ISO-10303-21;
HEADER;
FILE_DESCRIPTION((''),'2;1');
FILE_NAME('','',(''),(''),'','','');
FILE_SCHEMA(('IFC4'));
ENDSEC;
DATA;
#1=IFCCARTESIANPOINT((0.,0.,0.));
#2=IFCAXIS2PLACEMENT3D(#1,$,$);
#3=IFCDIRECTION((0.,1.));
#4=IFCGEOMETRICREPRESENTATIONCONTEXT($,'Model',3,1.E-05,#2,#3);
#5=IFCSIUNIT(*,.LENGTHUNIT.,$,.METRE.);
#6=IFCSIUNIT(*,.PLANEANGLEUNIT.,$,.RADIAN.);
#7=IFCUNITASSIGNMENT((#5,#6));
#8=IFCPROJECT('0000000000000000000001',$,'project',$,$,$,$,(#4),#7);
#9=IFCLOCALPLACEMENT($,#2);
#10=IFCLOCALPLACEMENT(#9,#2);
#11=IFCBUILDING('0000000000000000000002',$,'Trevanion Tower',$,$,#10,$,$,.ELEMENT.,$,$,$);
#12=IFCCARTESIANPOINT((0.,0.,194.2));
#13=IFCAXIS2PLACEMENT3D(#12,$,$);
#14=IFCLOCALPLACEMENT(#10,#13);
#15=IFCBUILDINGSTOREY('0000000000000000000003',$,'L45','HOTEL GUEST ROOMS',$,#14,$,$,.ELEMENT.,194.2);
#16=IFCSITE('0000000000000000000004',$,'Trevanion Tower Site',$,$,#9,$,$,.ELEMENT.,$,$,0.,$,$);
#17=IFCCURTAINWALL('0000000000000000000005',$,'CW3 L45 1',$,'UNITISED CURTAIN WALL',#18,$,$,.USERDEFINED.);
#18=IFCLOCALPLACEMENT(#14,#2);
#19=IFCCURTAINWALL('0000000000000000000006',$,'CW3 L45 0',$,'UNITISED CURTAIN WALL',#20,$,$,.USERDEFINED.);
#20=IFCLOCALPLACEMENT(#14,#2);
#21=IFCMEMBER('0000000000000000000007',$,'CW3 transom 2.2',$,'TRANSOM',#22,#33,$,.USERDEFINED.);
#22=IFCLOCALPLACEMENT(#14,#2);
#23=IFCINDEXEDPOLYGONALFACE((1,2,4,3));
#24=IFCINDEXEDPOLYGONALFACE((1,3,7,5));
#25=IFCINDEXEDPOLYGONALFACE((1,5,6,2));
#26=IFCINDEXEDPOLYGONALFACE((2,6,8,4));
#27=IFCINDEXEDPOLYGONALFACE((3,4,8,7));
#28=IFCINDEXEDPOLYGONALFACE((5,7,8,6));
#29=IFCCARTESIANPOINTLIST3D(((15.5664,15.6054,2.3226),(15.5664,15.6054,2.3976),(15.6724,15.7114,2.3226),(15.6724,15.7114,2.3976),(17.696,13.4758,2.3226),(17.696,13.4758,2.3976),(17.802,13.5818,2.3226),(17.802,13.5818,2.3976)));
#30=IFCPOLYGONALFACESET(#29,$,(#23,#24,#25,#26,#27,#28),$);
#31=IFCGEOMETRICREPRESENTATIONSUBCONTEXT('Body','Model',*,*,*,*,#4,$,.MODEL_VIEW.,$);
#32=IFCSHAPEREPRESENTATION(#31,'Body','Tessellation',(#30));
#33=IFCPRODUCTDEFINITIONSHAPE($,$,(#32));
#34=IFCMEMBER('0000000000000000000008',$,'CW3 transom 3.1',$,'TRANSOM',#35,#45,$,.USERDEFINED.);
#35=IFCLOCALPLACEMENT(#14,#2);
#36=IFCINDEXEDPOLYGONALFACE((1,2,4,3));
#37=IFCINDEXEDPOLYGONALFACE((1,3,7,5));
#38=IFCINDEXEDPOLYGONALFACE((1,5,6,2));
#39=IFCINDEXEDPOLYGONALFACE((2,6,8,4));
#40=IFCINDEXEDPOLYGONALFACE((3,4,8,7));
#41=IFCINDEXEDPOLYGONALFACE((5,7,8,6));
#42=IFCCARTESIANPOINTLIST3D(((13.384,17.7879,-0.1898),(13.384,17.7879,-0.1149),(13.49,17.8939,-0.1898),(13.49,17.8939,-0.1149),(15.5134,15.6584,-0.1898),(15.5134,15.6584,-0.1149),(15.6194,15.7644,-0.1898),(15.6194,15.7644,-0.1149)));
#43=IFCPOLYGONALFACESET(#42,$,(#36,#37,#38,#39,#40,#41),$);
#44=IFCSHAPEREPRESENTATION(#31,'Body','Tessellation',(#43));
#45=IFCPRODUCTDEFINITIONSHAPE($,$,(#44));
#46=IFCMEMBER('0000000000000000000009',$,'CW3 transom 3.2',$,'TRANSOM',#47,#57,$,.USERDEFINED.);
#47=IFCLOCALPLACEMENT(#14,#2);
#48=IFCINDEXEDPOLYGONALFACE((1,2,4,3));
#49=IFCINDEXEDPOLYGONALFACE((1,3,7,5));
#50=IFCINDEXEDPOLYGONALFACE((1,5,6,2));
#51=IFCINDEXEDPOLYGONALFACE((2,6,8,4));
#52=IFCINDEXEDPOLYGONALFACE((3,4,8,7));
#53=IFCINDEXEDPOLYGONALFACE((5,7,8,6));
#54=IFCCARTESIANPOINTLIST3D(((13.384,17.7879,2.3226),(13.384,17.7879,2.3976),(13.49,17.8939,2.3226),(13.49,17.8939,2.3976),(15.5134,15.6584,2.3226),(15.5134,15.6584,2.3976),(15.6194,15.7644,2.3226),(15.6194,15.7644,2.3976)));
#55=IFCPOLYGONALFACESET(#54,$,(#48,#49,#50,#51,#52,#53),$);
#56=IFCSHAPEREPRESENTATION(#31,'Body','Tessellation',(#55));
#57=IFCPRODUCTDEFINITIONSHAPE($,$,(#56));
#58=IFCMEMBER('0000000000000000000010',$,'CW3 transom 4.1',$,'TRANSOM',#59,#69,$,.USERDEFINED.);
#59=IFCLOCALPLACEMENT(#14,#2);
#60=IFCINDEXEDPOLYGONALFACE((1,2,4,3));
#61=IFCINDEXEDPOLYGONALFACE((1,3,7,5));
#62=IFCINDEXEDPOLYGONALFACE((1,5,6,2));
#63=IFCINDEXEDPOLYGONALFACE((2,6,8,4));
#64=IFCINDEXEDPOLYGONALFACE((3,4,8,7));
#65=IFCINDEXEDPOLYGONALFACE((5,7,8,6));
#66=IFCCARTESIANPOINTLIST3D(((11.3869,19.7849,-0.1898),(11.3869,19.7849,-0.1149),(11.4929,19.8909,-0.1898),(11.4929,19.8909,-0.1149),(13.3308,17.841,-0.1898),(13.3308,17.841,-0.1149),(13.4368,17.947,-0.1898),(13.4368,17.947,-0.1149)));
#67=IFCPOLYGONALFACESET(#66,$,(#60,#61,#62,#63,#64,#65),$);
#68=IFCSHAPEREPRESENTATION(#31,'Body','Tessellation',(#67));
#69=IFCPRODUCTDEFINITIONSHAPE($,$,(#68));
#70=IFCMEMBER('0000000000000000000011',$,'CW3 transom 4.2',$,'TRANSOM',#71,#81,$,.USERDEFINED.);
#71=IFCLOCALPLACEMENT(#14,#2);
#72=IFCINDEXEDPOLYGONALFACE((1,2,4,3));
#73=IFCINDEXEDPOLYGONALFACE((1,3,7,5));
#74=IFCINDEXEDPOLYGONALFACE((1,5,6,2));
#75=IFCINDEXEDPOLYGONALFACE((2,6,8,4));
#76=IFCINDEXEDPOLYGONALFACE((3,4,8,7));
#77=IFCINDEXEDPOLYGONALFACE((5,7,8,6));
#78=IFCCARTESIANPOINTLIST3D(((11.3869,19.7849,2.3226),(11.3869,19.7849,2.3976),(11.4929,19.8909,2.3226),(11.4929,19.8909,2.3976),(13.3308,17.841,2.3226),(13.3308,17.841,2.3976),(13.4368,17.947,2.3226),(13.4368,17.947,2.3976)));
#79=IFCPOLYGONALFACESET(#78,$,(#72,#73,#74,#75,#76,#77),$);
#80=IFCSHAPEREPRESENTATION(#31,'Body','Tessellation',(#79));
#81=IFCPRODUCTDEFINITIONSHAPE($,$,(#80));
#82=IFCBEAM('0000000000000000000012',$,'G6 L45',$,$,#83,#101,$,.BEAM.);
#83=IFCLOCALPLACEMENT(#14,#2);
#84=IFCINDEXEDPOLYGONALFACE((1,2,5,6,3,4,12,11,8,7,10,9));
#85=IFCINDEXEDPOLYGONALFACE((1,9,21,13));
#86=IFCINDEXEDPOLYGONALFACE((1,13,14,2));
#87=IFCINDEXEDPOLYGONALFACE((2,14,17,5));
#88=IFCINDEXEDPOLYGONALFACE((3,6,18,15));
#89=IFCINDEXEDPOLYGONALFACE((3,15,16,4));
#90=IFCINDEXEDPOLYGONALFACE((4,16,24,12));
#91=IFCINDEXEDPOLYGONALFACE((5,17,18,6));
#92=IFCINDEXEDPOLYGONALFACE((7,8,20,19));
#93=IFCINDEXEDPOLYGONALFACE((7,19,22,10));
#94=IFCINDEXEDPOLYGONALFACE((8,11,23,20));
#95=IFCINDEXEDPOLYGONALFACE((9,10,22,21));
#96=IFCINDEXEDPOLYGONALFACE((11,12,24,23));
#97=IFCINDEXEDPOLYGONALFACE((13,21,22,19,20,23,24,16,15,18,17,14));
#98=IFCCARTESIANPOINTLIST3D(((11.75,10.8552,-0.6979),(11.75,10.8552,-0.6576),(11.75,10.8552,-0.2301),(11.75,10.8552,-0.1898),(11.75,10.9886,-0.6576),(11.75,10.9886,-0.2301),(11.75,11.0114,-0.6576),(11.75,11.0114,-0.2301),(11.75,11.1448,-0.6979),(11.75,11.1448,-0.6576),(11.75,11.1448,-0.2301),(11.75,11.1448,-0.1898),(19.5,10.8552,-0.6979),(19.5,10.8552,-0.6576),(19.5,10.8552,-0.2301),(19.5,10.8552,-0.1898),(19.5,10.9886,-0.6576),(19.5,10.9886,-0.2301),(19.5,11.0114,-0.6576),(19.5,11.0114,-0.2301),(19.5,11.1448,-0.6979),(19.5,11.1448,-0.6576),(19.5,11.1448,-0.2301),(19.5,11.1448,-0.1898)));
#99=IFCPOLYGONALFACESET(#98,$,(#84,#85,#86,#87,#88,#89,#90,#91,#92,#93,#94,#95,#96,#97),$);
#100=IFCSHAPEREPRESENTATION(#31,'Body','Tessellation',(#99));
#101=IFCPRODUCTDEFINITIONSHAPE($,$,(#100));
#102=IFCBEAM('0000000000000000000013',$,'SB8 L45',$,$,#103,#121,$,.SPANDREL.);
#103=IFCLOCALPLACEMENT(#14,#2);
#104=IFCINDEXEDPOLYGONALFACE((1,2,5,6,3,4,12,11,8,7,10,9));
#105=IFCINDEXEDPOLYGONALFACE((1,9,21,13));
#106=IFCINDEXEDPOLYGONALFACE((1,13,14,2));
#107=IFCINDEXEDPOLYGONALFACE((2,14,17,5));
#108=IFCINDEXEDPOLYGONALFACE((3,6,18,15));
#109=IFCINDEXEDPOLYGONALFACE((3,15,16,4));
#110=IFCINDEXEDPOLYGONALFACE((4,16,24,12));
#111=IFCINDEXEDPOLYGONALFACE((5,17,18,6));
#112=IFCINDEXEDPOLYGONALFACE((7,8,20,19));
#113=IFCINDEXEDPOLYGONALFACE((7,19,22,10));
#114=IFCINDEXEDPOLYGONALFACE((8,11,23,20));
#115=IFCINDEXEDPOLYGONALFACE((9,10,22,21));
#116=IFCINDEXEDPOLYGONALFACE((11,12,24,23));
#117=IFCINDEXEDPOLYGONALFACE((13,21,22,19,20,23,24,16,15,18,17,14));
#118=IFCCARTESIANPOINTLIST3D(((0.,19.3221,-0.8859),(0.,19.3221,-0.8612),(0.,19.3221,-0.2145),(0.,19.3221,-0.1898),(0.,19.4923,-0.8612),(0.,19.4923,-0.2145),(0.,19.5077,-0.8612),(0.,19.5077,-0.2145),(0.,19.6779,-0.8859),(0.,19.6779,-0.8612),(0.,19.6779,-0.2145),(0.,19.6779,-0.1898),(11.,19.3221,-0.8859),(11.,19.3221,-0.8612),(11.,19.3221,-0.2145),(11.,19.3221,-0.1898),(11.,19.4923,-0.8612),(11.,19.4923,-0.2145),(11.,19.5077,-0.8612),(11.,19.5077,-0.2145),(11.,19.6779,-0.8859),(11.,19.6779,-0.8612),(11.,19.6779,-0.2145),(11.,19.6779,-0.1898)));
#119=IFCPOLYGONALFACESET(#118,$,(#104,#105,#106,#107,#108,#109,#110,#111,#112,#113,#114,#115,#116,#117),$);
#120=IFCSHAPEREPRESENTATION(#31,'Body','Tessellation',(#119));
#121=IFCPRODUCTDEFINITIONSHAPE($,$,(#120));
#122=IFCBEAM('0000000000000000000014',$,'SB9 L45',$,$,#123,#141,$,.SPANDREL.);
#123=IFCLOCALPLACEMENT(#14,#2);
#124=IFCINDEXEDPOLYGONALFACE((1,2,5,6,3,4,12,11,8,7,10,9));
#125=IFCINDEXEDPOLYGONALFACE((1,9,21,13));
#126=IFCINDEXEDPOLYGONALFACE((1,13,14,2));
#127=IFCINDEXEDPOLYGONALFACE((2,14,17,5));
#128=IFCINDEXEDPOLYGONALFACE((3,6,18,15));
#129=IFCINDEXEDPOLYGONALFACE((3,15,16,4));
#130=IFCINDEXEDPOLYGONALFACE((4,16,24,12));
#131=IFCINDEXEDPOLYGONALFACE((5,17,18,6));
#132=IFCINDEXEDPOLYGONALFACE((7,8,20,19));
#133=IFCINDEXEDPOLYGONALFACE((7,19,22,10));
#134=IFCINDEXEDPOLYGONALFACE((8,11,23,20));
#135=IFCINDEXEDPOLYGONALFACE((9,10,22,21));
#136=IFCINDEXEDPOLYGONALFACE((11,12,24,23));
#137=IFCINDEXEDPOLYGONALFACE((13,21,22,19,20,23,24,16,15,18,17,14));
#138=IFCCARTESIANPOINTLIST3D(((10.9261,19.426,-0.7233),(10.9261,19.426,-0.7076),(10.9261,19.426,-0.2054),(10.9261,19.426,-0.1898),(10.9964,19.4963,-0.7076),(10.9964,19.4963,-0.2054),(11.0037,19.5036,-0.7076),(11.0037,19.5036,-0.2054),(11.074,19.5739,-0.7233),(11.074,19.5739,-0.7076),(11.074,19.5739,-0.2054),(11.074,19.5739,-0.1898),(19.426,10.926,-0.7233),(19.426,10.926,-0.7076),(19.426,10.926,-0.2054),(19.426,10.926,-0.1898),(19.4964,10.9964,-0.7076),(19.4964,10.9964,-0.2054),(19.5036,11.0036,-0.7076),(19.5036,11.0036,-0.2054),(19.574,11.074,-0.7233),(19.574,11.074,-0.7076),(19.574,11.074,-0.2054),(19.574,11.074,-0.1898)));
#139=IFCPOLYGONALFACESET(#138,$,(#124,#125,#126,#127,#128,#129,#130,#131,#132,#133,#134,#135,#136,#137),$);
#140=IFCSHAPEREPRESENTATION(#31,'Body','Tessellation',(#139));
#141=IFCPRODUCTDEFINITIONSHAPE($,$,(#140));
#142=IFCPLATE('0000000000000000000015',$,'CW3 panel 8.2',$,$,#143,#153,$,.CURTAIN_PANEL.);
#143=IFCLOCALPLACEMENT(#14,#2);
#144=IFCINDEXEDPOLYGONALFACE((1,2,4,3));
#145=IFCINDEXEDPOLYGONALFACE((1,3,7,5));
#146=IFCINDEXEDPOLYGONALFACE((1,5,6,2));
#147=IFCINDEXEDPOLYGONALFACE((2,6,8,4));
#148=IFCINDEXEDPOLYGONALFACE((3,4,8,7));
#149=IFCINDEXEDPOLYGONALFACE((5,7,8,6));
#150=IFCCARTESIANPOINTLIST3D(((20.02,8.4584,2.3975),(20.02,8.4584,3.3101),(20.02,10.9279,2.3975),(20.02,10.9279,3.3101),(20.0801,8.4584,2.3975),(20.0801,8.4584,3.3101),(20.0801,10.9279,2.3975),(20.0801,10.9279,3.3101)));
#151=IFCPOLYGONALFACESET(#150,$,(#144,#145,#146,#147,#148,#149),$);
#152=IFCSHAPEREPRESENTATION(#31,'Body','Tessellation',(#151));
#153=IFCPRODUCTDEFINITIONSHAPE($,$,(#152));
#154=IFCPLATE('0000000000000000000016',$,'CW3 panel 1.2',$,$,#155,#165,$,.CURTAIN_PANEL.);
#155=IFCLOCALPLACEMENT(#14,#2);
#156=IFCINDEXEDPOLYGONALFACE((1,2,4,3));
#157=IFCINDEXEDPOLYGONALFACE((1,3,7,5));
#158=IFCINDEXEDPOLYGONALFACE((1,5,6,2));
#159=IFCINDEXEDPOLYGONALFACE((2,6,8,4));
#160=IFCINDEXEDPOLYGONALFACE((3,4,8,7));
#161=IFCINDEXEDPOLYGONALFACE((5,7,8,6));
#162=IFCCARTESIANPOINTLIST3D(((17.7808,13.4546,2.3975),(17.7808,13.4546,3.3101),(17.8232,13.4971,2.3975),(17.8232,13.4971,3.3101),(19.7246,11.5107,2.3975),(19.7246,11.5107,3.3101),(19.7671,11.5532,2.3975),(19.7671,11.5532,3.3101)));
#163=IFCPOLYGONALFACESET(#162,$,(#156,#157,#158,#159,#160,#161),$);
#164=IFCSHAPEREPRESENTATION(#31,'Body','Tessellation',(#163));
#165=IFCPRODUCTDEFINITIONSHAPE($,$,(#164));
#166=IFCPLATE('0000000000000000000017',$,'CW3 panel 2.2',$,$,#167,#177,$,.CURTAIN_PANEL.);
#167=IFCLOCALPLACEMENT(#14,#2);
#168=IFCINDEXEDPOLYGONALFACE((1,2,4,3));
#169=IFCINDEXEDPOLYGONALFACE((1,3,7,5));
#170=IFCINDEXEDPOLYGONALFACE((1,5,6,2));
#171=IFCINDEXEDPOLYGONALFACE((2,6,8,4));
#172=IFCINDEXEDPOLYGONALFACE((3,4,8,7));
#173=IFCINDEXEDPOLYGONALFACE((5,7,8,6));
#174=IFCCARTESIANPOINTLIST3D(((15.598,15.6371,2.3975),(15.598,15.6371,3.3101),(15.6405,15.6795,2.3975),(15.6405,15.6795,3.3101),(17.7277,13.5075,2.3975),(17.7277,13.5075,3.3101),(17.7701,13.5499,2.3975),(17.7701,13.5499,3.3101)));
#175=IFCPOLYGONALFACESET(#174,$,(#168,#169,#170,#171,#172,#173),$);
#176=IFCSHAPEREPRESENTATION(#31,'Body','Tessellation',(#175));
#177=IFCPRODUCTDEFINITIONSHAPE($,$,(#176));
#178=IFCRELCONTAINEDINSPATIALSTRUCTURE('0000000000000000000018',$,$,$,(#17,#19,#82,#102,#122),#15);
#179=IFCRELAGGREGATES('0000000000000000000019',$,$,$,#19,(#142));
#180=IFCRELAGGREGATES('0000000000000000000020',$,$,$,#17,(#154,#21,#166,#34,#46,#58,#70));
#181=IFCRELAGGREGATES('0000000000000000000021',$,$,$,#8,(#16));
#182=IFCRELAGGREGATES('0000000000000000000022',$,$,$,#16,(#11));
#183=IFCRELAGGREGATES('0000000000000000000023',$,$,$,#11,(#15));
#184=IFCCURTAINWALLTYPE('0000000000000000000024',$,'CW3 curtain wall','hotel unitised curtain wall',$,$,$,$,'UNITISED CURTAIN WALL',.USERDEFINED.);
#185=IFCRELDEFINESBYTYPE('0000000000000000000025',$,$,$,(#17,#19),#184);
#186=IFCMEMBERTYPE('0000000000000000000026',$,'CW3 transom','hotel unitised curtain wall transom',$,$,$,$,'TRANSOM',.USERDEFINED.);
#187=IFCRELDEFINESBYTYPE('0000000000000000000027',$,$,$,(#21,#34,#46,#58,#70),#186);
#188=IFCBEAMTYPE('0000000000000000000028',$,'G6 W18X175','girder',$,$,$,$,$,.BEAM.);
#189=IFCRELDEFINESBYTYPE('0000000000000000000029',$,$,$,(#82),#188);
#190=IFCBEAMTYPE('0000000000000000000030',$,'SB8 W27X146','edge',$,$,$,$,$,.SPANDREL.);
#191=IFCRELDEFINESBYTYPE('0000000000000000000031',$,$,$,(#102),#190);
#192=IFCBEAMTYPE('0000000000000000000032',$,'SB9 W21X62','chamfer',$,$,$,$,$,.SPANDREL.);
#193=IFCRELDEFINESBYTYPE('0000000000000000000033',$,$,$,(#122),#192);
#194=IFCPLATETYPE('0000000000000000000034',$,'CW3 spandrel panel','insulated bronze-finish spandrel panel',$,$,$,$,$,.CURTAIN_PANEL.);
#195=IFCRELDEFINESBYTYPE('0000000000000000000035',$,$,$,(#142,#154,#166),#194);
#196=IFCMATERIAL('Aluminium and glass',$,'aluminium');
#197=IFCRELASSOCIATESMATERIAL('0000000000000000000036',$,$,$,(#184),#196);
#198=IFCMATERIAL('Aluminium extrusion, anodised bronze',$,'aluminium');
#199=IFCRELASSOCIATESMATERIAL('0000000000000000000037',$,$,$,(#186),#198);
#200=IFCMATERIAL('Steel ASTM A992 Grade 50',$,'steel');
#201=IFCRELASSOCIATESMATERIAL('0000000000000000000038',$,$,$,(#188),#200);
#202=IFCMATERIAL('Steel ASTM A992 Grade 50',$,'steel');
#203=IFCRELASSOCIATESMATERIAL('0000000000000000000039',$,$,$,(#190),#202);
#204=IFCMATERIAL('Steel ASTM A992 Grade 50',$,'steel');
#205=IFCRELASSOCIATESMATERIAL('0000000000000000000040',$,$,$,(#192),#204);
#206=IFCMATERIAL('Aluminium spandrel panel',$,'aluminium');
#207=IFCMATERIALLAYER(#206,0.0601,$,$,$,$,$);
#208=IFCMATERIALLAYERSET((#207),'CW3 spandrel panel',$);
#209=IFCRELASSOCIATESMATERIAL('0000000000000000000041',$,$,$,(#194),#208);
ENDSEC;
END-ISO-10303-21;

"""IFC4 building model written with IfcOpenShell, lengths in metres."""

from ifc_helpers import new_model, si_unit, direction, frame, origin, origin_2d, place, context, subcontext, project, spatial, rectangle, i_section, extrude, material, layer, layer_set, material_profile, profile_set, type_object, element, aggregate, save


model = new_model("IFC4")

# Units and contexts
model_context = context("Model", 3, precision=1e-05, world=origin(), true_north=direction((0.0, 1.0)))
body_context = subcontext(model_context, "Body", "Model", "MODEL_VIEW")
ifc_project = project(units=[si_unit("LENGTHUNIT", "METRE"), si_unit("PLANEANGLEUNIT", "RADIAN")], contexts=[model_context])

# Site, building, storey
site_placement = place(None, origin())
site = spatial("IfcSite", under=ifc_project, at=site_placement, Name="Trevanion Tower Site", CompositionType="ELEMENT", RefElevation=0.0)
building_placement = place(site_placement, origin())
building = spatial("IfcBuilding", under=site, at=building_placement, Name="Trevanion Tower", CompositionType="ELEMENT")
storey_placement = place(building_placement, frame((0.0, 0.0, 194.2)))
storey = spatial("IfcBuildingStorey", under=building, at=storey_placement, Name="L45", Description="HOTEL GUEST ROOMS", CompositionType="ELEMENT", Elevation=194.2)

# Curtain wall
ifc_material_1 = material(Name="Aluminium and glass", Category="aluminium")
curtain_wall_type = type_object("IfcCurtainWallType", Name="CW3 curtain wall", Description="hotel unitised curtain wall", ElementType="UNITISED CURTAIN WALL", PredefinedType="USERDEFINED", material=ifc_material_1)
curtain_wall_1_placement = place(storey_placement, origin())
curtain_wall_1 = element("IfcCurtainWall", 1, at=curtain_wall_1_placement, inside=storey, type_object=curtain_wall_type, Name="CW3 L45 1", ObjectType="UNITISED CURTAIN WALL", PredefinedType="USERDEFINED")

# Curtain wall
curtain_wall_2_placement = place(storey_placement, origin())
curtain_wall_2 = element("IfcCurtainWall", 2, at=curtain_wall_2_placement, inside=storey, type_object=curtain_wall_type, Name="CW3 L45 0", ObjectType="UNITISED CURTAIN WALL", PredefinedType="USERDEFINED")

# Members
ifc_material_2 = material(Name="Aluminium extrusion, anodised bronze", Category="aluminium")
ifc_material_profile_1 = material_profile(ifc_material_2, rectangle(XDim=0.1499, YDim=0.075, at=origin_2d()), Name="CW3 transom")
ifc_profile_set_1 = profile_set([ifc_material_profile_1], Name="Aluminium extrusion, anodised bronze")
member_type_1 = type_object("IfcMemberType", Name="CW3 transom", Description="hotel unitised curtain wall transom", ElementType="TRANSOM", PredefinedType="USERDEFINED", material=ifc_profile_set_1)
member_1_placement = place(storey_placement, frame((17.749, 13.5288, 2.3601), z_axis=(-0.707107, 0.707107, 0.0), x_axis=(-0.707107, -0.707107, 0.0)))
member_1 = element("IfcMember", 3, at=member_1_placement, type_object=member_type_1, Name="CW3 transom 2.2", ObjectType="TRANSOM", PredefinedType="USERDEFINED", context=body_context, shape_type="SweptSolid", body=[
    extrude(rectangle(XDim=0.1499, YDim=0.075, at=origin_2d()), origin(), (0.0, 0.0, 1.0), 3.0117),
])
member_2_placement = place(storey_placement, frame((15.5664, 15.7114, -0.1523), z_axis=(-0.707107, 0.707107, 0.0), x_axis=(-0.707107, -0.707107, 0.0)))
member_2 = element("IfcMember", 4, at=member_2_placement, type_object=member_type_1, Name="CW3 transom 3.1", ObjectType="TRANSOM", PredefinedType="USERDEFINED", context=body_context, shape_type="SweptSolid", body=[
    extrude(rectangle(XDim=0.1499, YDim=0.075, at=origin_2d()), origin(), (0.0, 0.0, 1.0), 3.0115),
])
member_3_placement = place(storey_placement, frame((15.5664, 15.7114, 2.3601), z_axis=(-0.707107, 0.707107, 0.0), x_axis=(-0.707107, -0.707107, 0.0)))
member_3 = element("IfcMember", 5, at=member_3_placement, type_object=member_type_1, Name="CW3 transom 3.2", ObjectType="TRANSOM", PredefinedType="USERDEFINED", context=body_context, shape_type="SweptSolid", body=[
    extrude(rectangle(XDim=0.1499, YDim=0.075, at=origin_2d()), origin(), (0.0, 0.0, 1.0), 3.0115),
])
member_4_placement = place(storey_placement, frame((13.3838, 17.894, -0.1523), z_axis=(-0.707107, 0.707107, 0.0), x_axis=(-0.707107, -0.707107, 0.0)))
member_4 = element("IfcMember", 6, at=member_4_placement, type_object=member_type_1, Name="CW3 transom 4.1", ObjectType="TRANSOM", PredefinedType="USERDEFINED", context=body_context, shape_type="SweptSolid", body=[
    extrude(rectangle(XDim=0.1499, YDim=0.075, at=origin_2d()), origin(), (0.0, 0.0, 1.0), 2.749),
])
member_5_placement = place(storey_placement, frame((13.3838, 17.894, 2.3601), z_axis=(-0.707107, 0.707107, 0.0), x_axis=(-0.707107, -0.707107, 0.0)))
member_5 = element("IfcMember", 7, at=member_5_placement, type_object=member_type_1, Name="CW3 transom 4.2", ObjectType="TRANSOM", PredefinedType="USERDEFINED", context=body_context, shape_type="SweptSolid", body=[
    extrude(rectangle(XDim=0.1499, YDim=0.075, at=origin_2d()), origin(), (0.0, 0.0, 1.0), 2.749),
])

# Beams
ifc_material_3 = material(Name="Steel ASTM A992 Grade 50", Category="steel")
ifc_material_profile_2 = material_profile(ifc_material_3, i_section(OverallWidth=0.2896, OverallDepth=0.5081, WebThickness=0.0227, FlangeThickness=0.0403, at=origin_2d()), Name="W18X175")
ifc_profile_set_2 = profile_set([ifc_material_profile_2], Name="Steel ASTM A992 Grade 50")
beam_type_1 = type_object("IfcBeamType", Name="G6 W18X175", Description="girder", PredefinedType="BEAM", material=ifc_profile_set_2)
beam_1_placement = place(storey_placement, frame((11.75, 11.0, -0.4438), z_axis=(1.0, 0.0, 0.0), x_axis=(0.0, 1.0, 0.0)))
element("IfcBeam", 8, at=beam_1_placement, inside=storey, type_object=beam_type_1, Name="G6 L45", PredefinedType="BEAM", context=body_context, shape_type="SweptSolid", body=[
    extrude(i_section(OverallWidth=0.2896, OverallDepth=0.5081, WebThickness=0.0227, FlangeThickness=0.0403, at=origin_2d()), origin(), (0.0, 0.0, 1.0), 7.75),
])
ifc_material_4 = material(Name="Steel ASTM A992 Grade 50", Category="steel")
ifc_material_profile_3 = material_profile(ifc_material_4, i_section(OverallWidth=0.3557, OverallDepth=0.696, WebThickness=0.0154, FlangeThickness=0.0247, at=origin_2d()), Name="W27X146")
ifc_profile_set_3 = profile_set([ifc_material_profile_3], Name="Steel ASTM A992 Grade 50")
beam_type_2 = type_object("IfcBeamType", Name="SB8 W27X146", Description="edge", PredefinedType="SPANDREL", material=ifc_profile_set_3)
beam_2_placement = place(storey_placement, frame((11.0, 19.5, -0.5378), z_axis=(-1.0, 0.0, 0.0), x_axis=(0.0, -1.0, 0.0)))
element("IfcBeam", 9, at=beam_2_placement, inside=storey, type_object=beam_type_2, Name="SB8 L45", PredefinedType="SPANDREL", context=body_context, shape_type="SweptSolid", body=[
    extrude(i_section(OverallWidth=0.3557, OverallDepth=0.696, WebThickness=0.0154, FlangeThickness=0.0247, at=origin_2d()), origin(), (0.0, 0.0, 1.0), 11.0),
])
ifc_material_5 = material(Name="Steel ASTM A992 Grade 50", Category="steel")
ifc_material_profile_4 = material_profile(ifc_material_5, i_section(OverallWidth=0.2092, OverallDepth=0.5334, WebThickness=0.0103, FlangeThickness=0.0156, at=origin_2d()), Name="W21X62")
ifc_profile_set_4 = profile_set([ifc_material_profile_4], Name="Steel ASTM A992 Grade 50")
beam_type_3 = type_object("IfcBeamType", Name="SB9 W21X62", Description="chamfer", PredefinedType="SPANDREL", material=ifc_profile_set_4)
beam_3_placement = place(storey_placement, frame((19.5, 11.0, -0.4565), z_axis=(-0.707107, 0.707107, 0.0), x_axis=(-0.707107, -0.707107, 0.0)))
element("IfcBeam", 10, at=beam_3_placement, inside=storey, type_object=beam_type_3, Name="SB9 L45", PredefinedType="SPANDREL", context=body_context, shape_type="SweptSolid", body=[
    extrude(i_section(OverallWidth=0.2092, OverallDepth=0.5334, WebThickness=0.0103, FlangeThickness=0.0156, at=origin_2d()), origin(), (0.0, 0.0, 1.0), 12.0208),
])

# Plates
ifc_material_6 = material(Name="Aluminium spandrel panel", Category="aluminium")
ifc_layer_1 = layer(ifc_material_6, 0.0601)
ifc_layer_set_1 = layer_set([ifc_layer_1], Name="CW3 spandrel panel")
plate_type_1 = type_object("IfcPlateType", Name="CW3 spandrel panel", Description="insulated bronze-finish spandrel panel", PredefinedType="CURTAIN_PANEL", material=ifc_layer_set_1)
plate_1_placement = place(storey_placement, frame((20.05, 9.6931, 2.3975), z_axis=(0.0, 0.0, 1.0), x_axis=(0.0, 1.0, 0.0)))
plate_1 = element("IfcPlate", 11, at=plate_1_placement, type_object=plate_type_1, Name="CW3 panel 8.2", PredefinedType="CURTAIN_PANEL", context=body_context, shape_type="SweptSolid", body=[
    extrude(rectangle(XDim=2.4695, YDim=0.0601, at=origin_2d()), origin(), (0.0, 0.0, 1.0), 0.9126),
])
aggregate(curtain_wall_2, [plate_1])
plate_2_placement = place(storey_placement, frame((18.7739, 12.5039, 2.3975), z_axis=(0.0, 0.0, 1.0), x_axis=(-0.707107, 0.707107, 0.0)))
plate_2 = element("IfcPlate", 12, at=plate_2_placement, type_object=plate_type_1, Name="CW3 panel 1.2", PredefinedType="CURTAIN_PANEL", context=body_context, shape_type="SweptSolid", body=[
    extrude(rectangle(XDim=2.749, YDim=0.0601, at=origin_2d()), origin(), (0.0, 0.0, 1.0), 0.9126),
])
plate_3_placement = place(storey_placement, frame((16.6841, 14.5935, 2.3975), z_axis=(0.0, 0.0, 1.0), x_axis=(-0.707107, 0.707107, 0.0)))
plate_3 = element("IfcPlate", 13, at=plate_3_placement, type_object=plate_type_1, Name="CW3 panel 2.2", PredefinedType="CURTAIN_PANEL", context=body_context, shape_type="SweptSolid", body=[
    extrude(rectangle(XDim=3.0117, YDim=0.0601, at=origin_2d()), origin(), (0.0, 0.0, 1.0), 0.9126),
])
aggregate(curtain_wall_1, [plate_2, member_1, plate_3, member_2, member_3, member_4, member_5])

save(model, "model.ifc")
